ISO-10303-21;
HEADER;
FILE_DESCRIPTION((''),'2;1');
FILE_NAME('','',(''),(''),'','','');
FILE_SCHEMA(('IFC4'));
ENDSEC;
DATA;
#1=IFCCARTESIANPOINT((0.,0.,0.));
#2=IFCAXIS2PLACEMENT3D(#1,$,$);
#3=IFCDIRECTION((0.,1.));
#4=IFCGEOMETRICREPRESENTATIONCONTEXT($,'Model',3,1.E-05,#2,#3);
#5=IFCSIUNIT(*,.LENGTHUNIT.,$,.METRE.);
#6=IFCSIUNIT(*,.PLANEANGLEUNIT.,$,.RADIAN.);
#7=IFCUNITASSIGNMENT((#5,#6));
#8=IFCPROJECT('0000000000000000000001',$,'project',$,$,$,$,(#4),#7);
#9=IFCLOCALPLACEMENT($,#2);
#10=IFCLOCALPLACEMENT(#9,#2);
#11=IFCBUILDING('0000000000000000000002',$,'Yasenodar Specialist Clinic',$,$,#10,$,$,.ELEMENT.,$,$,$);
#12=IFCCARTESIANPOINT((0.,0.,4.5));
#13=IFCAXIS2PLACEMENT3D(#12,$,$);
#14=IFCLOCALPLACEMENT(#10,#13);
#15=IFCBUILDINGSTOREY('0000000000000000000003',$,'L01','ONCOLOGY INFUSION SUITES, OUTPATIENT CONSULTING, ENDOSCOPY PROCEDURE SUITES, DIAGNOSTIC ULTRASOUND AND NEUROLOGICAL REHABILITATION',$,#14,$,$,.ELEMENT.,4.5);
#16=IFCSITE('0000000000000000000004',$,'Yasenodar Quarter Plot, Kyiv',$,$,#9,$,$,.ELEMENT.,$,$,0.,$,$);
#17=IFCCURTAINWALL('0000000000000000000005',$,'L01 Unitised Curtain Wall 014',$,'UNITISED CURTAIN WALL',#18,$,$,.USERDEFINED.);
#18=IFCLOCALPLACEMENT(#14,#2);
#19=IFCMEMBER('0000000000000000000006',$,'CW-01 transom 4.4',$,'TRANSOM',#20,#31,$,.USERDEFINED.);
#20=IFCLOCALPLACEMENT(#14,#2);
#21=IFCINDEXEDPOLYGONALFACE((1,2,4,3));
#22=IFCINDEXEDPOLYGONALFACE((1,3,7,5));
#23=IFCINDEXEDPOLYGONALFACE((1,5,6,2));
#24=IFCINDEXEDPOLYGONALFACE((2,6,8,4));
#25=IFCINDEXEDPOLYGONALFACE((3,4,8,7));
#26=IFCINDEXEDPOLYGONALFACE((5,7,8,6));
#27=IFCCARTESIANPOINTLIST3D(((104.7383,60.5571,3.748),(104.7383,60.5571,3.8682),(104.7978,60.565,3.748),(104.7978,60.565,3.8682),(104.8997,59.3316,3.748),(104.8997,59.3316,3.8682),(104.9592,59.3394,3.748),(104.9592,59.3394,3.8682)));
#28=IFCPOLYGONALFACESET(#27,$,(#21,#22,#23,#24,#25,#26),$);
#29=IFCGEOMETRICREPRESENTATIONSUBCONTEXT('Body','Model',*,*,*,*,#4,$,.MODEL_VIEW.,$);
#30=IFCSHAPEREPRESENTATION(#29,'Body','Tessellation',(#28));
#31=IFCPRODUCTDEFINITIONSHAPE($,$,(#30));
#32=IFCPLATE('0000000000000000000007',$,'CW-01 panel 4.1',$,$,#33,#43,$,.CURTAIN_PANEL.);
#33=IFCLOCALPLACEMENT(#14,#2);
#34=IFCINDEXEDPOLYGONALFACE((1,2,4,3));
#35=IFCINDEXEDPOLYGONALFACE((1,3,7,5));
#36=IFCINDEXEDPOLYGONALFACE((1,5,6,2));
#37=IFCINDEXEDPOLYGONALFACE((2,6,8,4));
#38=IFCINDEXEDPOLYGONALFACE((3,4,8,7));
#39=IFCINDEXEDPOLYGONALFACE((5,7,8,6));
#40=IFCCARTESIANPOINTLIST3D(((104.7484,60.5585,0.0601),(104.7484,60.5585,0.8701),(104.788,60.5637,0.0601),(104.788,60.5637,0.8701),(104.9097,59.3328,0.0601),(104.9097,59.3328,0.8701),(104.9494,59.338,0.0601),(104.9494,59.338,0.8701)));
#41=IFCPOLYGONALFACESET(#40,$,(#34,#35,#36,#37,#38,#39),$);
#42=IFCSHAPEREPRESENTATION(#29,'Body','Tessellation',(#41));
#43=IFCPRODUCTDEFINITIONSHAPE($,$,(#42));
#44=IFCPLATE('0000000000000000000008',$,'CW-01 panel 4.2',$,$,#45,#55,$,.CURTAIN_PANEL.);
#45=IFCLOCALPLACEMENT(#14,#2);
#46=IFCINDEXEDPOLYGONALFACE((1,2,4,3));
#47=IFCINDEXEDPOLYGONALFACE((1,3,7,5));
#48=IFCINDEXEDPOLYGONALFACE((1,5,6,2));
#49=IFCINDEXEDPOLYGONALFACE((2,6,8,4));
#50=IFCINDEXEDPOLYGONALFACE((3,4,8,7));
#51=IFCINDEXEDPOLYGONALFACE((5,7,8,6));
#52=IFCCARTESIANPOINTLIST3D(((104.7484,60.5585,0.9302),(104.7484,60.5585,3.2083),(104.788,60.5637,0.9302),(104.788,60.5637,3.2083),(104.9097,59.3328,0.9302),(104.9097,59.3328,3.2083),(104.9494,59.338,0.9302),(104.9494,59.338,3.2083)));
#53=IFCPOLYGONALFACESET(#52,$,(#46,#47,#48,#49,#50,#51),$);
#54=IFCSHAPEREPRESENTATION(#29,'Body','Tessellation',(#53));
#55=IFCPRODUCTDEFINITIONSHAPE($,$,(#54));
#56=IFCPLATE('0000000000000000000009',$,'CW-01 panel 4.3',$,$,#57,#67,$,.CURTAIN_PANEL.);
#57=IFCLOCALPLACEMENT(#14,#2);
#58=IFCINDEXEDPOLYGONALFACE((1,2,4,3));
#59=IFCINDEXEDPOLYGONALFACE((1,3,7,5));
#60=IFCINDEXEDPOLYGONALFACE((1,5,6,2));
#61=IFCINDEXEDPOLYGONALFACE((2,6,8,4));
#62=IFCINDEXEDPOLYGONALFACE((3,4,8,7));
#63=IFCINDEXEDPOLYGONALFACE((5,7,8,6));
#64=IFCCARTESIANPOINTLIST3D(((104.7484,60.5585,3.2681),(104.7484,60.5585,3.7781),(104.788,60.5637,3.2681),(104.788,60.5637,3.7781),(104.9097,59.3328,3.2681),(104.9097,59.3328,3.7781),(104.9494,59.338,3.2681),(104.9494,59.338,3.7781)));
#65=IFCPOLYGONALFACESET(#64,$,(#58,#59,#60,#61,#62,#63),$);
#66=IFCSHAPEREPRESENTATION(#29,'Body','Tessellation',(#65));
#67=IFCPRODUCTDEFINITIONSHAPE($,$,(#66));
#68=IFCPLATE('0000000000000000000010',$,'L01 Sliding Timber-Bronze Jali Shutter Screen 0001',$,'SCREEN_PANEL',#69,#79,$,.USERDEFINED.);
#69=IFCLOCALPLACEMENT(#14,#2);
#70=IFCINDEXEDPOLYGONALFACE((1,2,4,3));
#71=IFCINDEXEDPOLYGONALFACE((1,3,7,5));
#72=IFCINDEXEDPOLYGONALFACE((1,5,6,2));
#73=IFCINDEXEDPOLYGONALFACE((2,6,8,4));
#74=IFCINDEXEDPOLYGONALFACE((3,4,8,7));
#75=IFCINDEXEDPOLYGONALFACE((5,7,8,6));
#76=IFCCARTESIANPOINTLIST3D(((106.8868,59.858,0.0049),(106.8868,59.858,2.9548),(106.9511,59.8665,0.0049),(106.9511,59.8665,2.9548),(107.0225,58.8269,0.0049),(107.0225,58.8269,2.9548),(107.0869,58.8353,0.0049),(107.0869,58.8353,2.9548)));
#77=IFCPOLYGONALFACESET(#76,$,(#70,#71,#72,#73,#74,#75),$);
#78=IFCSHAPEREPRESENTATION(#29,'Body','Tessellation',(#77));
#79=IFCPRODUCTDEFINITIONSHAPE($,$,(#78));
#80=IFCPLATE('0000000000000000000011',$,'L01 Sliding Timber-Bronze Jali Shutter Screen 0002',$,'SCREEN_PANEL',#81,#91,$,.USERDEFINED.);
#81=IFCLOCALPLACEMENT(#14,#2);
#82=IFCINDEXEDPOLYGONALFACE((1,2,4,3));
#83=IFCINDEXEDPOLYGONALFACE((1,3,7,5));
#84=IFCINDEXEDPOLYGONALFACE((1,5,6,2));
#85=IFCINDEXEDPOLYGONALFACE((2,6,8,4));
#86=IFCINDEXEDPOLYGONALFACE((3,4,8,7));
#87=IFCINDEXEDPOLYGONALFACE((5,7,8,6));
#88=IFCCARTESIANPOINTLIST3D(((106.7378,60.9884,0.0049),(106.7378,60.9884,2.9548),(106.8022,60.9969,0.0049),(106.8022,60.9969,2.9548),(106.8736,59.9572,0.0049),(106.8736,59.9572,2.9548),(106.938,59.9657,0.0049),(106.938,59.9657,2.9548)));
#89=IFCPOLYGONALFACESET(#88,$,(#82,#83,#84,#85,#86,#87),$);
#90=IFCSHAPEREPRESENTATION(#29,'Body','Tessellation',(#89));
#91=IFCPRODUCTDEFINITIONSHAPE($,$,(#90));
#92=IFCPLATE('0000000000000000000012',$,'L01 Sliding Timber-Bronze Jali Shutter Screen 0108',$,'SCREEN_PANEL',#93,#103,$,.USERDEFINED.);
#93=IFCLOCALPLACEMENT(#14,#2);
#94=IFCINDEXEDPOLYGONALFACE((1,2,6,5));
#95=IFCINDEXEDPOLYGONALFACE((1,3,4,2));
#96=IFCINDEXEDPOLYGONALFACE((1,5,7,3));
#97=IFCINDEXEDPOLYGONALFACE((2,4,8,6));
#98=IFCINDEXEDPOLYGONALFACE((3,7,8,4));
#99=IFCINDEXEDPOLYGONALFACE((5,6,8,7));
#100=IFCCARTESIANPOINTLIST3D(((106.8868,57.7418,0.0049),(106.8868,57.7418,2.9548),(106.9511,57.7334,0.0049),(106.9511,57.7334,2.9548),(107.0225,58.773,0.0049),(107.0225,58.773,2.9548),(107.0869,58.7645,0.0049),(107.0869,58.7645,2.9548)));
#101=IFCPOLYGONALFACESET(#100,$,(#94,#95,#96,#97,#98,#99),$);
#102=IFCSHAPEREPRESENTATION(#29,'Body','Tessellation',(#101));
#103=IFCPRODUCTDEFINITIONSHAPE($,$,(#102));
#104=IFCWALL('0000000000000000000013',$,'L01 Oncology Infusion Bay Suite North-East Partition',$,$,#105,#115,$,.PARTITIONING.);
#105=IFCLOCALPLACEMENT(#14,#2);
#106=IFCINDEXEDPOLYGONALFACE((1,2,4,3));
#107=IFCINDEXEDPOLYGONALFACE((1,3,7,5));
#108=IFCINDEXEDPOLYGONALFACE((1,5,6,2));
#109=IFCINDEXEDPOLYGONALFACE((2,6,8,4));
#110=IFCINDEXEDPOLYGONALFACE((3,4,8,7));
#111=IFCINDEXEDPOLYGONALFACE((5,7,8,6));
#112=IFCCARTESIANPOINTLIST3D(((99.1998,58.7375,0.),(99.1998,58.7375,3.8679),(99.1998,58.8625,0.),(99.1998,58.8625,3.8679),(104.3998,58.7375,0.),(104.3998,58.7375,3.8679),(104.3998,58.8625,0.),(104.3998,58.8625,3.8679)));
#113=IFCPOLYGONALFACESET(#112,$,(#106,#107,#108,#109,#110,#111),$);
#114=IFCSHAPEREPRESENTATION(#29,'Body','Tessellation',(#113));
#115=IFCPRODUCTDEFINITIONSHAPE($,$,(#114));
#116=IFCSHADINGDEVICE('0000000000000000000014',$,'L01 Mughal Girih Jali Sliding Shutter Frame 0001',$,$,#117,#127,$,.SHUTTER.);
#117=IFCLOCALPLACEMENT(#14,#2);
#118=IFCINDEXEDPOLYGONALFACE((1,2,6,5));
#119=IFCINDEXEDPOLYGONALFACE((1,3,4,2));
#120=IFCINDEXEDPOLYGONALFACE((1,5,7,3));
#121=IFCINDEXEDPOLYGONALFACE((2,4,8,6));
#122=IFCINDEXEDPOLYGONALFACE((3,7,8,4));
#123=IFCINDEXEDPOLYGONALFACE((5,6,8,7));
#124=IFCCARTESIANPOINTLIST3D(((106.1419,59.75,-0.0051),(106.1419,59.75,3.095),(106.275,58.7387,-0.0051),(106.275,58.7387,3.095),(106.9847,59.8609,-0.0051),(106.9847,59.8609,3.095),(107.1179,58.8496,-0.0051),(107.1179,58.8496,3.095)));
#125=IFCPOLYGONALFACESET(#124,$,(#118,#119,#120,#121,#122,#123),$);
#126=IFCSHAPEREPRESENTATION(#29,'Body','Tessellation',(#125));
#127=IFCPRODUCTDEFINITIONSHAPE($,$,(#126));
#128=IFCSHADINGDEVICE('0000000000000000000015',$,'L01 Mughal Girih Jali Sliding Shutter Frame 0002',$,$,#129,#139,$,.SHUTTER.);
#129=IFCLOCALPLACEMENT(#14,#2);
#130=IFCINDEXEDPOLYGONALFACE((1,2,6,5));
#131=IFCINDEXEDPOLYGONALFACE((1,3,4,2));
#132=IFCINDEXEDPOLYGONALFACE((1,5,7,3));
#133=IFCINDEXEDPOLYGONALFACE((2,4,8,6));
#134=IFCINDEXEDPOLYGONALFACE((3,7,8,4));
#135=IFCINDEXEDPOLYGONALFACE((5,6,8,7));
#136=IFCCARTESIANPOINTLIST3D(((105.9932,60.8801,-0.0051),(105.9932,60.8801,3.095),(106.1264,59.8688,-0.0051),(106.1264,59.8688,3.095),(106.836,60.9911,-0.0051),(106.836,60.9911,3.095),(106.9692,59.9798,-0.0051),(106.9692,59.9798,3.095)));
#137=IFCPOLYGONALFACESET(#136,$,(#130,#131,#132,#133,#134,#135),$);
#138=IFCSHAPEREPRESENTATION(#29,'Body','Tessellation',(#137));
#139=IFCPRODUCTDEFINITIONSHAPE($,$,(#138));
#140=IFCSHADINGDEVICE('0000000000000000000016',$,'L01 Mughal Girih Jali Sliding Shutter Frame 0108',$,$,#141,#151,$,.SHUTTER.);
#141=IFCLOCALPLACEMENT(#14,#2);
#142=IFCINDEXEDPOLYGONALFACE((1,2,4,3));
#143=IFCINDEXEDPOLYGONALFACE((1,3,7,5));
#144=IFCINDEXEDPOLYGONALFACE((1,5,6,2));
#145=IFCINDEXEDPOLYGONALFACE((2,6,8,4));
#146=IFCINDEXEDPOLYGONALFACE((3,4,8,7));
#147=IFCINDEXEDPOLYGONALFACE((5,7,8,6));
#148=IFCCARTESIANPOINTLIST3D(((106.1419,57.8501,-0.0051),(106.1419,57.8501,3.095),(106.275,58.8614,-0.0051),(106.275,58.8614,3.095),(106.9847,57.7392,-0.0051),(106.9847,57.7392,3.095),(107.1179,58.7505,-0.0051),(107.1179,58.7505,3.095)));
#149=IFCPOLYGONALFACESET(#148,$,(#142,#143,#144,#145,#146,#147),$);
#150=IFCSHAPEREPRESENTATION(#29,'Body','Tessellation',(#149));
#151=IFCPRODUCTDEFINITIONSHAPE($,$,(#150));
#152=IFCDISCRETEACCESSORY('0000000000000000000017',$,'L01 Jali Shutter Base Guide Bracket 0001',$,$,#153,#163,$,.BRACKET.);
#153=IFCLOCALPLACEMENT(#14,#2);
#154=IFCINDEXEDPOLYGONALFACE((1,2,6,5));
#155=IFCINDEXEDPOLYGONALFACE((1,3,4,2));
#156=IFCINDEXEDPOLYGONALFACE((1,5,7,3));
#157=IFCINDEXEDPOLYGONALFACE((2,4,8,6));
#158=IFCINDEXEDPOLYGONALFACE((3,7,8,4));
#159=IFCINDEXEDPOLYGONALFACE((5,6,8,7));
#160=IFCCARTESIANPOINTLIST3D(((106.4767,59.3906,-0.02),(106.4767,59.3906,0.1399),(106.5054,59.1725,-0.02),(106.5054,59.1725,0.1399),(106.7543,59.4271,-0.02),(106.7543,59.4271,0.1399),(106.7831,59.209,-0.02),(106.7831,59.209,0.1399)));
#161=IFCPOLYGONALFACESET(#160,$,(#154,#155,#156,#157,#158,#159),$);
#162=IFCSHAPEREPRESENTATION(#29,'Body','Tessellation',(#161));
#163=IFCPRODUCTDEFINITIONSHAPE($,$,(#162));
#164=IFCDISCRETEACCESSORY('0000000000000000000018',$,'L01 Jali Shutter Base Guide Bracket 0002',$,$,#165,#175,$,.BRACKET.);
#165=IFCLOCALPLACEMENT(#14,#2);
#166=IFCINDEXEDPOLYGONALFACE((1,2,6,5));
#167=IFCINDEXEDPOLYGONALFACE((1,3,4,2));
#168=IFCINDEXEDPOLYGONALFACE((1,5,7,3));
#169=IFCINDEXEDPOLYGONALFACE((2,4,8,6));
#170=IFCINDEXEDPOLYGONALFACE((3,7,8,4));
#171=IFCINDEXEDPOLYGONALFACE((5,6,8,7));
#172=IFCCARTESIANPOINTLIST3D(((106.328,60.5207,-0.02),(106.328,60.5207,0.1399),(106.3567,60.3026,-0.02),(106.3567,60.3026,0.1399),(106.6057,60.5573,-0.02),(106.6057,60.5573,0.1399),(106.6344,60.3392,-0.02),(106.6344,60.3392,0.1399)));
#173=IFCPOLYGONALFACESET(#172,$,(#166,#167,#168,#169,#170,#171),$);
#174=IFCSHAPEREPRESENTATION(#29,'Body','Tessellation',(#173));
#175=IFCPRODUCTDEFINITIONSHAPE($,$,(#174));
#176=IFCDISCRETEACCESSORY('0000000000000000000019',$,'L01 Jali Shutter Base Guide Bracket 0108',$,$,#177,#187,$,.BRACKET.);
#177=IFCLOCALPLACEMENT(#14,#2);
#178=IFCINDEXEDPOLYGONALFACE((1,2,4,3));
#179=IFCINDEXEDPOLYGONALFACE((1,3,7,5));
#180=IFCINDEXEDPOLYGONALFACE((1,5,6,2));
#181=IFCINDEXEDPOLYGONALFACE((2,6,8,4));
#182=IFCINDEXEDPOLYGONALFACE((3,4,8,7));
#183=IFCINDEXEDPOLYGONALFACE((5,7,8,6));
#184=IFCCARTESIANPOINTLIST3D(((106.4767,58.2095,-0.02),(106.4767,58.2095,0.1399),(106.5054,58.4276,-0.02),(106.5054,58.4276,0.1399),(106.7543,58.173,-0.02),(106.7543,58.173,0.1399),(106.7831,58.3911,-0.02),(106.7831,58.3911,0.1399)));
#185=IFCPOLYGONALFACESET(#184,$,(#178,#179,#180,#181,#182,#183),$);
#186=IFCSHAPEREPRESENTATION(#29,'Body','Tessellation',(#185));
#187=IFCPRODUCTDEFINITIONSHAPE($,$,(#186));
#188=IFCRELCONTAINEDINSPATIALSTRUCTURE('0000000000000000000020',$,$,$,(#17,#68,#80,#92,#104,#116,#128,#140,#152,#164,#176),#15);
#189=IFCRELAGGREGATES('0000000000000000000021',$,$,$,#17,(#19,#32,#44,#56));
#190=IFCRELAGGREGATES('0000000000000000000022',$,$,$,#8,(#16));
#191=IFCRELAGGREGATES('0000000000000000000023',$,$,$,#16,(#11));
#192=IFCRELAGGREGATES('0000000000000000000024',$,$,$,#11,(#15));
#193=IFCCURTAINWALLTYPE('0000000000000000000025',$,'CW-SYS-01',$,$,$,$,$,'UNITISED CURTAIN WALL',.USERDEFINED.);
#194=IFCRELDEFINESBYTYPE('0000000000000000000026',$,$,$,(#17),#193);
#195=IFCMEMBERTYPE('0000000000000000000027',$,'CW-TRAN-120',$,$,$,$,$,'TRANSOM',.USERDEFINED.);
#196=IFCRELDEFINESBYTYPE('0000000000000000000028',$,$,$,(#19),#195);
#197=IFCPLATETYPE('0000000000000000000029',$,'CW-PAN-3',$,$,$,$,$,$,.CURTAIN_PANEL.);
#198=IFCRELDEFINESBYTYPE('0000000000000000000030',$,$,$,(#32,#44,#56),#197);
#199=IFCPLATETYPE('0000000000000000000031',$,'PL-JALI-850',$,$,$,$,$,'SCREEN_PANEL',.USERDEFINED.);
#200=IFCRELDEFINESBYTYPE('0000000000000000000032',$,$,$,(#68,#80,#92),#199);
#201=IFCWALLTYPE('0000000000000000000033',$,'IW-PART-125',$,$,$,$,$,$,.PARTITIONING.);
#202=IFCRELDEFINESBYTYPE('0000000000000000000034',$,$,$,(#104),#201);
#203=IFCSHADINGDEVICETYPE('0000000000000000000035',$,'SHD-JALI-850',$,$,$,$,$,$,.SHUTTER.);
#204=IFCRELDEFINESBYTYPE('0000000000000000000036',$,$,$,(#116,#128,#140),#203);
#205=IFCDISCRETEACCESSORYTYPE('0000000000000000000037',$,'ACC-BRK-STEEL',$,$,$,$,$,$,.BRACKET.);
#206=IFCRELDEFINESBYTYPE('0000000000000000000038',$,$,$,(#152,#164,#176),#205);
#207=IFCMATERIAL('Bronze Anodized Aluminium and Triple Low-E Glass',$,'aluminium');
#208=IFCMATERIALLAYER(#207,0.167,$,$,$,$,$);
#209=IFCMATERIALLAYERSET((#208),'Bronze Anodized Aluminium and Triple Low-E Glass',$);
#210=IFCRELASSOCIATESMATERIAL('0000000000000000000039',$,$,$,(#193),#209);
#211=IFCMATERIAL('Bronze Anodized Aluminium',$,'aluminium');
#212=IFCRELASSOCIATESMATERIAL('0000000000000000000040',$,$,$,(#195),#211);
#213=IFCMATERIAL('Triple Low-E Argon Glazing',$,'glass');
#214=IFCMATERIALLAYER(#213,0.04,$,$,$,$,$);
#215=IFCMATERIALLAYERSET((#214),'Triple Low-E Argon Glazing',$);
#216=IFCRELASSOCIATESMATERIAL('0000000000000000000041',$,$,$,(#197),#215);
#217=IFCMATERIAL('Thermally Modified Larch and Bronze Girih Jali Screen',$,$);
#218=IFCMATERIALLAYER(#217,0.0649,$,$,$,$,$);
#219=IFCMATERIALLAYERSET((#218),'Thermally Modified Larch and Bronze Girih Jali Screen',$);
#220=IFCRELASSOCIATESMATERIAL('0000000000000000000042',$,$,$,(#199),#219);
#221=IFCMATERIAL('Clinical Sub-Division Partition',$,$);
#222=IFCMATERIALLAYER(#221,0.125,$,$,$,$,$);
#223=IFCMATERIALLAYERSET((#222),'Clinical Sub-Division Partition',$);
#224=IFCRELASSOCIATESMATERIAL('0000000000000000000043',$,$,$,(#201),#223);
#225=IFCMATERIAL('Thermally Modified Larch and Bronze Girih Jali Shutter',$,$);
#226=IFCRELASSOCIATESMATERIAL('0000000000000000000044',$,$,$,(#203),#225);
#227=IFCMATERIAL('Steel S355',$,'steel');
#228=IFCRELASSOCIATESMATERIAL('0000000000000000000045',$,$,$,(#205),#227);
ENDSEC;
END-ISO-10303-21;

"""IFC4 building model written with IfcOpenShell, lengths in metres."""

from ifc_helpers import new_model, si_unit, direction, frame, frame_2d, origin, origin_2d, place, context, subcontext, project, spatial, rectangle, extrude, material, layer, layer_set, material_profile, profile_set, type_object, element, aggregate, save


model = new_model("IFC4")

# Units and contexts
model_context = context("Model", 3, precision=1e-05, world=origin(), true_north=direction((0.0, 1.0)))
body_context = subcontext(model_context, "Body", "Model", "MODEL_VIEW")
ifc_project = project(units=[si_unit("LENGTHUNIT", "METRE"), si_unit("PLANEANGLEUNIT", "RADIAN")], contexts=[model_context])

# Site, building, storey
site_placement = place(None, origin())
site = spatial("IfcSite", under=ifc_project, at=site_placement, Name="Yasenodar Quarter Plot, Kyiv", CompositionType="ELEMENT", RefElevation=0.0)
building_placement = place(site_placement, origin())
building = spatial("IfcBuilding", under=site, at=building_placement, Name="Yasenodar Specialist Clinic", CompositionType="ELEMENT")
storey_placement = place(building_placement, frame((0.0, 0.0, 4.5)))
storey = spatial("IfcBuildingStorey", under=building, at=storey_placement, Name="L01", Description="ONCOLOGY INFUSION SUITES, OUTPATIENT CONSULTING, ENDOSCOPY PROCEDURE SUITES, DIAGNOSTIC ULTRASOUND AND NEUROLOGICAL REHABILITATION", CompositionType="ELEMENT", Elevation=4.5)

# Shared definitions
ifc_material_1 = material(Name="Steel S355", Category="steel")

# Curtain wall
ifc_material_2 = material(Name="Bronze Anodized Aluminium and Triple Low-E Glass", Category="aluminium")
ifc_layer_1 = layer(ifc_material_2, 0.167)
ifc_layer_set_1 = layer_set([ifc_layer_1], Name="Bronze Anodized Aluminium and Triple Low-E Glass")
curtain_wall_type = type_object("IfcCurtainWallType", Name="CW-SYS-01", ElementType="UNITISED CURTAIN WALL", PredefinedType="USERDEFINED", material=ifc_layer_set_1)
curtain_wall_1_placement = place(storey_placement, origin())
curtain_wall_1 = element("IfcCurtainWall", 1, at=curtain_wall_1_placement, inside=storey, type_object=curtain_wall_type, Name="L01 Unitised Curtain Wall 014", ObjectType="UNITISED CURTAIN WALL", PredefinedType="USERDEFINED")
ifc_material_3 = material(Name="Bronze Anodized Aluminium", Category="aluminium")

# Member
ifc_material_profile_1 = material_profile(ifc_material_3, rectangle(XDim=0.0601, YDim=0.1201, at=origin_2d()), Name="CW-TRAN 60x120")
ifc_profile_set_1 = profile_set([ifc_material_profile_1], Name="Bronze Anodized Aluminium")
member_type_1 = type_object("IfcMemberType", Name="CW-TRAN-120", ElementType="TRANSOM", PredefinedType="USERDEFINED", material=ifc_profile_set_1)
member_1_placement = place(storey_placement, frame((104.7681, 60.561, 3.8081), z_axis=(0.130546, -0.991442, 0.0), x_axis=(0.991442, 0.130546, 0.0)))
member_1 = element("IfcMember", 2, at=member_1_placement, type_object=member_type_1, Name="CW-01 transom 4.4", ObjectType="TRANSOM", PredefinedType="USERDEFINED", context=body_context, shape_type="SweptSolid", body=[
    extrude(rectangle(XDim=0.0601, YDim=0.1201, at=origin_2d()), origin(), (0.0, 0.0, 1.0), 1.2361),
])

# Plates
ifc_material_4 = material(Name="Triple Low-E Argon Glazing", Category="glass")
ifc_layer_2 = layer(ifc_material_4, 0.04)
ifc_layer_set_2 = layer_set([ifc_layer_2], Name="Triple Low-E Argon Glazing")
plate_type_1 = type_object("IfcPlateType", Name="CW-PAN-3", PredefinedType="CURTAIN_PANEL", material=ifc_layer_set_2)
plate_1_placement = place(storey_placement, frame((104.8489, 59.9482, 0.0601), z_axis=(0.0, 0.0, 1.0), x_axis=(0.130512, -0.991447, 0.0)))
plate_1 = element("IfcPlate", 3, at=plate_1_placement, type_object=plate_type_1, Name="CW-01 panel 4.1", PredefinedType="CURTAIN_PANEL", context=body_context, shape_type="SweptSolid", body=[
    extrude(rectangle(XDim=1.2363, YDim=0.04, at=origin_2d()), origin(), (0.0, 0.0, 1.0), 0.8101),
])
plate_2_placement = place(storey_placement, frame((104.8489, 59.9482, 0.9302), z_axis=(0.0, 0.0, 1.0), x_axis=(0.130512, -0.991447, 0.0)))
plate_2 = element("IfcPlate", 4, at=plate_2_placement, type_object=plate_type_1, Name="CW-01 panel 4.2", PredefinedType="CURTAIN_PANEL", context=body_context, shape_type="SweptSolid", body=[
    extrude(rectangle(XDim=1.2363, YDim=0.04, at=origin_2d()), origin(), (0.0, 0.0, 1.0), 2.2781),
])
plate_3_placement = place(storey_placement, frame((104.8489, 59.9482, 3.2681), z_axis=(0.0, 0.0, 1.0), x_axis=(0.130512, -0.991447, 0.0)))
plate_3 = element("IfcPlate", 5, at=plate_3_placement, type_object=plate_type_1, Name="CW-01 panel 4.3", PredefinedType="CURTAIN_PANEL", context=body_context, shape_type="SweptSolid", body=[
    extrude(rectangle(XDim=1.2363, YDim=0.04, at=origin_2d()), origin(), (0.0, 0.0, 1.0), 0.51),
])
aggregate(curtain_wall_1, [member_1, plate_1, plate_2, plate_3])

# Plates
ifc_material_5 = material(Name="Thermally Modified Larch and Bronze Girih Jali Screen")
ifc_layer_3 = layer(ifc_material_5, 0.0649)
ifc_layer_set_3 = layer_set([ifc_layer_3], Name="Thermally Modified Larch and Bronze Girih Jali Screen")
plate_type_2 = type_object("IfcPlateType", Name="PL-JALI-850", ElementType="SCREEN_PANEL", PredefinedType="USERDEFINED", material=ifc_layer_set_3)
for number, where, z_axis, x_axis, name in (
    (6, (106.9868, 59.3467, 0.0049), (0.0, 0.0, 1.0), (-0.130519, 0.991446, 0.0), "L01 Sliding Timber-Bronze Jali Shutter Screen 0001"),
    (7, (106.8379, 60.4771, 0.0049), (0.0, 0.0, 1.0), (-0.130519, 0.991446, 0.0), "L01 Sliding Timber-Bronze Jali Shutter Screen 0002"),
    (8, (106.9868, 58.2532, 0.0049), (0.0, 0.0, 1.0), (0.130519, 0.991446, 0.0), "L01 Sliding Timber-Bronze Jali Shutter Screen 0108"),
):
    element("IfcPlate", number, at=place(storey_placement, frame(where, z_axis=z_axis, x_axis=x_axis)), inside=storey, type_object=plate_type_2, Name=name, ObjectType="SCREEN_PANEL", PredefinedType="USERDEFINED", context=body_context, shape_type="SweptSolid", body=[
        extrude(rectangle(XDim=1.04, YDim=0.0649, at=origin_2d()), origin(), (0.0, 0.0, 1.0), 2.95),
    ])

# Wall
ifc_material_6 = material(Name="Clinical Sub-Division Partition")
ifc_layer_4 = layer(ifc_material_6, 0.125)
ifc_layer_set_4 = layer_set([ifc_layer_4], Name="Clinical Sub-Division Partition")
wall_type = type_object("IfcWallType", Name="IW-PART-125", PredefinedType="PARTITIONING", material=ifc_layer_set_4)
wall_placement = place(storey_placement, frame((104.3999, 58.8, 0.0), z_axis=(0.0, 0.0, 1.0), x_axis=(-1.0, 0.0, 0.0)))
element("IfcWall", 9, at=wall_placement, inside=storey, type_object=wall_type, Name="L01 Oncology Infusion Bay Suite North-East Partition", PredefinedType="PARTITIONING", context=body_context, shape_type="SweptSolid", body=[
    extrude(rectangle(XDim=5.2, YDim=0.125, at=frame_2d((2.6001, 0.0))), origin(), (0.0, 0.0, 1.0), 3.8679),
])

# Shading devices
ifc_material_7 = material(Name="Thermally Modified Larch and Bronze Girih Jali Shutter")
shading_device_type = type_object("IfcShadingDeviceType", Name="SHD-JALI-850", PredefinedType="SHUTTER", material=ifc_material_7)
for number, where, z_axis, x_axis, name in (
    (10, (106.6299, 59.2998, -0.0051), (0.0, 0.0, 1.0), (-0.130519, 0.991446, 0.0), "L01 Mughal Girih Jali Sliding Shutter Frame 0001"),
    (11, (106.4812, 60.4299, -0.0051), (0.0, 0.0, 1.0), (-0.130519, 0.991446, 0.0), "L01 Mughal Girih Jali Sliding Shutter Frame 0002"),
    (12, (106.6299, 58.3003, -0.0051), (0.0, 0.0, 1.0), (0.130519, 0.991446, 0.0), "L01 Mughal Girih Jali Sliding Shutter Frame 0108"),
):
    element("IfcShadingDevice", number, at=place(storey_placement, frame(where, z_axis=z_axis, x_axis=x_axis)), inside=storey, type_object=shading_device_type, Name=name, PredefinedType="SHUTTER", context=body_context, shape_type="SweptSolid", body=[
        extrude(rectangle(XDim=1.02, YDim=0.8501, at=origin_2d()), origin(), (0.0, 0.0, 1.0), 3.1001),
    ])

# Discrete accessories
discrete_accessory_type = type_object("IfcDiscreteAccessoryType", Name="ACC-BRK-STEEL", PredefinedType="BRACKET", material=ifc_material_1)
for number, where, z_axis, x_axis, name in (
    (13, (106.6299, 59.2998, -0.02), (0.0, 0.0, 1.0), (-0.130519, 0.991446, 0.0), "L01 Jali Shutter Base Guide Bracket 0001"),
    (14, (106.4812, 60.4299, -0.02), (0.0, 0.0, 1.0), (-0.130519, 0.991446, 0.0), "L01 Jali Shutter Base Guide Bracket 0002"),
    (15, (106.6299, 58.3003, -0.02), (0.0, 0.0, 1.0), (0.130519, 0.991446, 0.0), "L01 Jali Shutter Base Guide Bracket 0108"),
):
    element("IfcDiscreteAccessory", number, at=place(storey_placement, frame(where, z_axis=z_axis, x_axis=x_axis)), inside=storey, type_object=discrete_accessory_type, Name=name, PredefinedType="BRACKET", context=body_context, shape_type="SweptSolid", body=[
        extrude(rectangle(XDim=0.22, YDim=0.28, at=origin_2d()), origin(), (0.0, 0.0, 1.0), 0.1599),
    ])

save(model, "model.ifc")
